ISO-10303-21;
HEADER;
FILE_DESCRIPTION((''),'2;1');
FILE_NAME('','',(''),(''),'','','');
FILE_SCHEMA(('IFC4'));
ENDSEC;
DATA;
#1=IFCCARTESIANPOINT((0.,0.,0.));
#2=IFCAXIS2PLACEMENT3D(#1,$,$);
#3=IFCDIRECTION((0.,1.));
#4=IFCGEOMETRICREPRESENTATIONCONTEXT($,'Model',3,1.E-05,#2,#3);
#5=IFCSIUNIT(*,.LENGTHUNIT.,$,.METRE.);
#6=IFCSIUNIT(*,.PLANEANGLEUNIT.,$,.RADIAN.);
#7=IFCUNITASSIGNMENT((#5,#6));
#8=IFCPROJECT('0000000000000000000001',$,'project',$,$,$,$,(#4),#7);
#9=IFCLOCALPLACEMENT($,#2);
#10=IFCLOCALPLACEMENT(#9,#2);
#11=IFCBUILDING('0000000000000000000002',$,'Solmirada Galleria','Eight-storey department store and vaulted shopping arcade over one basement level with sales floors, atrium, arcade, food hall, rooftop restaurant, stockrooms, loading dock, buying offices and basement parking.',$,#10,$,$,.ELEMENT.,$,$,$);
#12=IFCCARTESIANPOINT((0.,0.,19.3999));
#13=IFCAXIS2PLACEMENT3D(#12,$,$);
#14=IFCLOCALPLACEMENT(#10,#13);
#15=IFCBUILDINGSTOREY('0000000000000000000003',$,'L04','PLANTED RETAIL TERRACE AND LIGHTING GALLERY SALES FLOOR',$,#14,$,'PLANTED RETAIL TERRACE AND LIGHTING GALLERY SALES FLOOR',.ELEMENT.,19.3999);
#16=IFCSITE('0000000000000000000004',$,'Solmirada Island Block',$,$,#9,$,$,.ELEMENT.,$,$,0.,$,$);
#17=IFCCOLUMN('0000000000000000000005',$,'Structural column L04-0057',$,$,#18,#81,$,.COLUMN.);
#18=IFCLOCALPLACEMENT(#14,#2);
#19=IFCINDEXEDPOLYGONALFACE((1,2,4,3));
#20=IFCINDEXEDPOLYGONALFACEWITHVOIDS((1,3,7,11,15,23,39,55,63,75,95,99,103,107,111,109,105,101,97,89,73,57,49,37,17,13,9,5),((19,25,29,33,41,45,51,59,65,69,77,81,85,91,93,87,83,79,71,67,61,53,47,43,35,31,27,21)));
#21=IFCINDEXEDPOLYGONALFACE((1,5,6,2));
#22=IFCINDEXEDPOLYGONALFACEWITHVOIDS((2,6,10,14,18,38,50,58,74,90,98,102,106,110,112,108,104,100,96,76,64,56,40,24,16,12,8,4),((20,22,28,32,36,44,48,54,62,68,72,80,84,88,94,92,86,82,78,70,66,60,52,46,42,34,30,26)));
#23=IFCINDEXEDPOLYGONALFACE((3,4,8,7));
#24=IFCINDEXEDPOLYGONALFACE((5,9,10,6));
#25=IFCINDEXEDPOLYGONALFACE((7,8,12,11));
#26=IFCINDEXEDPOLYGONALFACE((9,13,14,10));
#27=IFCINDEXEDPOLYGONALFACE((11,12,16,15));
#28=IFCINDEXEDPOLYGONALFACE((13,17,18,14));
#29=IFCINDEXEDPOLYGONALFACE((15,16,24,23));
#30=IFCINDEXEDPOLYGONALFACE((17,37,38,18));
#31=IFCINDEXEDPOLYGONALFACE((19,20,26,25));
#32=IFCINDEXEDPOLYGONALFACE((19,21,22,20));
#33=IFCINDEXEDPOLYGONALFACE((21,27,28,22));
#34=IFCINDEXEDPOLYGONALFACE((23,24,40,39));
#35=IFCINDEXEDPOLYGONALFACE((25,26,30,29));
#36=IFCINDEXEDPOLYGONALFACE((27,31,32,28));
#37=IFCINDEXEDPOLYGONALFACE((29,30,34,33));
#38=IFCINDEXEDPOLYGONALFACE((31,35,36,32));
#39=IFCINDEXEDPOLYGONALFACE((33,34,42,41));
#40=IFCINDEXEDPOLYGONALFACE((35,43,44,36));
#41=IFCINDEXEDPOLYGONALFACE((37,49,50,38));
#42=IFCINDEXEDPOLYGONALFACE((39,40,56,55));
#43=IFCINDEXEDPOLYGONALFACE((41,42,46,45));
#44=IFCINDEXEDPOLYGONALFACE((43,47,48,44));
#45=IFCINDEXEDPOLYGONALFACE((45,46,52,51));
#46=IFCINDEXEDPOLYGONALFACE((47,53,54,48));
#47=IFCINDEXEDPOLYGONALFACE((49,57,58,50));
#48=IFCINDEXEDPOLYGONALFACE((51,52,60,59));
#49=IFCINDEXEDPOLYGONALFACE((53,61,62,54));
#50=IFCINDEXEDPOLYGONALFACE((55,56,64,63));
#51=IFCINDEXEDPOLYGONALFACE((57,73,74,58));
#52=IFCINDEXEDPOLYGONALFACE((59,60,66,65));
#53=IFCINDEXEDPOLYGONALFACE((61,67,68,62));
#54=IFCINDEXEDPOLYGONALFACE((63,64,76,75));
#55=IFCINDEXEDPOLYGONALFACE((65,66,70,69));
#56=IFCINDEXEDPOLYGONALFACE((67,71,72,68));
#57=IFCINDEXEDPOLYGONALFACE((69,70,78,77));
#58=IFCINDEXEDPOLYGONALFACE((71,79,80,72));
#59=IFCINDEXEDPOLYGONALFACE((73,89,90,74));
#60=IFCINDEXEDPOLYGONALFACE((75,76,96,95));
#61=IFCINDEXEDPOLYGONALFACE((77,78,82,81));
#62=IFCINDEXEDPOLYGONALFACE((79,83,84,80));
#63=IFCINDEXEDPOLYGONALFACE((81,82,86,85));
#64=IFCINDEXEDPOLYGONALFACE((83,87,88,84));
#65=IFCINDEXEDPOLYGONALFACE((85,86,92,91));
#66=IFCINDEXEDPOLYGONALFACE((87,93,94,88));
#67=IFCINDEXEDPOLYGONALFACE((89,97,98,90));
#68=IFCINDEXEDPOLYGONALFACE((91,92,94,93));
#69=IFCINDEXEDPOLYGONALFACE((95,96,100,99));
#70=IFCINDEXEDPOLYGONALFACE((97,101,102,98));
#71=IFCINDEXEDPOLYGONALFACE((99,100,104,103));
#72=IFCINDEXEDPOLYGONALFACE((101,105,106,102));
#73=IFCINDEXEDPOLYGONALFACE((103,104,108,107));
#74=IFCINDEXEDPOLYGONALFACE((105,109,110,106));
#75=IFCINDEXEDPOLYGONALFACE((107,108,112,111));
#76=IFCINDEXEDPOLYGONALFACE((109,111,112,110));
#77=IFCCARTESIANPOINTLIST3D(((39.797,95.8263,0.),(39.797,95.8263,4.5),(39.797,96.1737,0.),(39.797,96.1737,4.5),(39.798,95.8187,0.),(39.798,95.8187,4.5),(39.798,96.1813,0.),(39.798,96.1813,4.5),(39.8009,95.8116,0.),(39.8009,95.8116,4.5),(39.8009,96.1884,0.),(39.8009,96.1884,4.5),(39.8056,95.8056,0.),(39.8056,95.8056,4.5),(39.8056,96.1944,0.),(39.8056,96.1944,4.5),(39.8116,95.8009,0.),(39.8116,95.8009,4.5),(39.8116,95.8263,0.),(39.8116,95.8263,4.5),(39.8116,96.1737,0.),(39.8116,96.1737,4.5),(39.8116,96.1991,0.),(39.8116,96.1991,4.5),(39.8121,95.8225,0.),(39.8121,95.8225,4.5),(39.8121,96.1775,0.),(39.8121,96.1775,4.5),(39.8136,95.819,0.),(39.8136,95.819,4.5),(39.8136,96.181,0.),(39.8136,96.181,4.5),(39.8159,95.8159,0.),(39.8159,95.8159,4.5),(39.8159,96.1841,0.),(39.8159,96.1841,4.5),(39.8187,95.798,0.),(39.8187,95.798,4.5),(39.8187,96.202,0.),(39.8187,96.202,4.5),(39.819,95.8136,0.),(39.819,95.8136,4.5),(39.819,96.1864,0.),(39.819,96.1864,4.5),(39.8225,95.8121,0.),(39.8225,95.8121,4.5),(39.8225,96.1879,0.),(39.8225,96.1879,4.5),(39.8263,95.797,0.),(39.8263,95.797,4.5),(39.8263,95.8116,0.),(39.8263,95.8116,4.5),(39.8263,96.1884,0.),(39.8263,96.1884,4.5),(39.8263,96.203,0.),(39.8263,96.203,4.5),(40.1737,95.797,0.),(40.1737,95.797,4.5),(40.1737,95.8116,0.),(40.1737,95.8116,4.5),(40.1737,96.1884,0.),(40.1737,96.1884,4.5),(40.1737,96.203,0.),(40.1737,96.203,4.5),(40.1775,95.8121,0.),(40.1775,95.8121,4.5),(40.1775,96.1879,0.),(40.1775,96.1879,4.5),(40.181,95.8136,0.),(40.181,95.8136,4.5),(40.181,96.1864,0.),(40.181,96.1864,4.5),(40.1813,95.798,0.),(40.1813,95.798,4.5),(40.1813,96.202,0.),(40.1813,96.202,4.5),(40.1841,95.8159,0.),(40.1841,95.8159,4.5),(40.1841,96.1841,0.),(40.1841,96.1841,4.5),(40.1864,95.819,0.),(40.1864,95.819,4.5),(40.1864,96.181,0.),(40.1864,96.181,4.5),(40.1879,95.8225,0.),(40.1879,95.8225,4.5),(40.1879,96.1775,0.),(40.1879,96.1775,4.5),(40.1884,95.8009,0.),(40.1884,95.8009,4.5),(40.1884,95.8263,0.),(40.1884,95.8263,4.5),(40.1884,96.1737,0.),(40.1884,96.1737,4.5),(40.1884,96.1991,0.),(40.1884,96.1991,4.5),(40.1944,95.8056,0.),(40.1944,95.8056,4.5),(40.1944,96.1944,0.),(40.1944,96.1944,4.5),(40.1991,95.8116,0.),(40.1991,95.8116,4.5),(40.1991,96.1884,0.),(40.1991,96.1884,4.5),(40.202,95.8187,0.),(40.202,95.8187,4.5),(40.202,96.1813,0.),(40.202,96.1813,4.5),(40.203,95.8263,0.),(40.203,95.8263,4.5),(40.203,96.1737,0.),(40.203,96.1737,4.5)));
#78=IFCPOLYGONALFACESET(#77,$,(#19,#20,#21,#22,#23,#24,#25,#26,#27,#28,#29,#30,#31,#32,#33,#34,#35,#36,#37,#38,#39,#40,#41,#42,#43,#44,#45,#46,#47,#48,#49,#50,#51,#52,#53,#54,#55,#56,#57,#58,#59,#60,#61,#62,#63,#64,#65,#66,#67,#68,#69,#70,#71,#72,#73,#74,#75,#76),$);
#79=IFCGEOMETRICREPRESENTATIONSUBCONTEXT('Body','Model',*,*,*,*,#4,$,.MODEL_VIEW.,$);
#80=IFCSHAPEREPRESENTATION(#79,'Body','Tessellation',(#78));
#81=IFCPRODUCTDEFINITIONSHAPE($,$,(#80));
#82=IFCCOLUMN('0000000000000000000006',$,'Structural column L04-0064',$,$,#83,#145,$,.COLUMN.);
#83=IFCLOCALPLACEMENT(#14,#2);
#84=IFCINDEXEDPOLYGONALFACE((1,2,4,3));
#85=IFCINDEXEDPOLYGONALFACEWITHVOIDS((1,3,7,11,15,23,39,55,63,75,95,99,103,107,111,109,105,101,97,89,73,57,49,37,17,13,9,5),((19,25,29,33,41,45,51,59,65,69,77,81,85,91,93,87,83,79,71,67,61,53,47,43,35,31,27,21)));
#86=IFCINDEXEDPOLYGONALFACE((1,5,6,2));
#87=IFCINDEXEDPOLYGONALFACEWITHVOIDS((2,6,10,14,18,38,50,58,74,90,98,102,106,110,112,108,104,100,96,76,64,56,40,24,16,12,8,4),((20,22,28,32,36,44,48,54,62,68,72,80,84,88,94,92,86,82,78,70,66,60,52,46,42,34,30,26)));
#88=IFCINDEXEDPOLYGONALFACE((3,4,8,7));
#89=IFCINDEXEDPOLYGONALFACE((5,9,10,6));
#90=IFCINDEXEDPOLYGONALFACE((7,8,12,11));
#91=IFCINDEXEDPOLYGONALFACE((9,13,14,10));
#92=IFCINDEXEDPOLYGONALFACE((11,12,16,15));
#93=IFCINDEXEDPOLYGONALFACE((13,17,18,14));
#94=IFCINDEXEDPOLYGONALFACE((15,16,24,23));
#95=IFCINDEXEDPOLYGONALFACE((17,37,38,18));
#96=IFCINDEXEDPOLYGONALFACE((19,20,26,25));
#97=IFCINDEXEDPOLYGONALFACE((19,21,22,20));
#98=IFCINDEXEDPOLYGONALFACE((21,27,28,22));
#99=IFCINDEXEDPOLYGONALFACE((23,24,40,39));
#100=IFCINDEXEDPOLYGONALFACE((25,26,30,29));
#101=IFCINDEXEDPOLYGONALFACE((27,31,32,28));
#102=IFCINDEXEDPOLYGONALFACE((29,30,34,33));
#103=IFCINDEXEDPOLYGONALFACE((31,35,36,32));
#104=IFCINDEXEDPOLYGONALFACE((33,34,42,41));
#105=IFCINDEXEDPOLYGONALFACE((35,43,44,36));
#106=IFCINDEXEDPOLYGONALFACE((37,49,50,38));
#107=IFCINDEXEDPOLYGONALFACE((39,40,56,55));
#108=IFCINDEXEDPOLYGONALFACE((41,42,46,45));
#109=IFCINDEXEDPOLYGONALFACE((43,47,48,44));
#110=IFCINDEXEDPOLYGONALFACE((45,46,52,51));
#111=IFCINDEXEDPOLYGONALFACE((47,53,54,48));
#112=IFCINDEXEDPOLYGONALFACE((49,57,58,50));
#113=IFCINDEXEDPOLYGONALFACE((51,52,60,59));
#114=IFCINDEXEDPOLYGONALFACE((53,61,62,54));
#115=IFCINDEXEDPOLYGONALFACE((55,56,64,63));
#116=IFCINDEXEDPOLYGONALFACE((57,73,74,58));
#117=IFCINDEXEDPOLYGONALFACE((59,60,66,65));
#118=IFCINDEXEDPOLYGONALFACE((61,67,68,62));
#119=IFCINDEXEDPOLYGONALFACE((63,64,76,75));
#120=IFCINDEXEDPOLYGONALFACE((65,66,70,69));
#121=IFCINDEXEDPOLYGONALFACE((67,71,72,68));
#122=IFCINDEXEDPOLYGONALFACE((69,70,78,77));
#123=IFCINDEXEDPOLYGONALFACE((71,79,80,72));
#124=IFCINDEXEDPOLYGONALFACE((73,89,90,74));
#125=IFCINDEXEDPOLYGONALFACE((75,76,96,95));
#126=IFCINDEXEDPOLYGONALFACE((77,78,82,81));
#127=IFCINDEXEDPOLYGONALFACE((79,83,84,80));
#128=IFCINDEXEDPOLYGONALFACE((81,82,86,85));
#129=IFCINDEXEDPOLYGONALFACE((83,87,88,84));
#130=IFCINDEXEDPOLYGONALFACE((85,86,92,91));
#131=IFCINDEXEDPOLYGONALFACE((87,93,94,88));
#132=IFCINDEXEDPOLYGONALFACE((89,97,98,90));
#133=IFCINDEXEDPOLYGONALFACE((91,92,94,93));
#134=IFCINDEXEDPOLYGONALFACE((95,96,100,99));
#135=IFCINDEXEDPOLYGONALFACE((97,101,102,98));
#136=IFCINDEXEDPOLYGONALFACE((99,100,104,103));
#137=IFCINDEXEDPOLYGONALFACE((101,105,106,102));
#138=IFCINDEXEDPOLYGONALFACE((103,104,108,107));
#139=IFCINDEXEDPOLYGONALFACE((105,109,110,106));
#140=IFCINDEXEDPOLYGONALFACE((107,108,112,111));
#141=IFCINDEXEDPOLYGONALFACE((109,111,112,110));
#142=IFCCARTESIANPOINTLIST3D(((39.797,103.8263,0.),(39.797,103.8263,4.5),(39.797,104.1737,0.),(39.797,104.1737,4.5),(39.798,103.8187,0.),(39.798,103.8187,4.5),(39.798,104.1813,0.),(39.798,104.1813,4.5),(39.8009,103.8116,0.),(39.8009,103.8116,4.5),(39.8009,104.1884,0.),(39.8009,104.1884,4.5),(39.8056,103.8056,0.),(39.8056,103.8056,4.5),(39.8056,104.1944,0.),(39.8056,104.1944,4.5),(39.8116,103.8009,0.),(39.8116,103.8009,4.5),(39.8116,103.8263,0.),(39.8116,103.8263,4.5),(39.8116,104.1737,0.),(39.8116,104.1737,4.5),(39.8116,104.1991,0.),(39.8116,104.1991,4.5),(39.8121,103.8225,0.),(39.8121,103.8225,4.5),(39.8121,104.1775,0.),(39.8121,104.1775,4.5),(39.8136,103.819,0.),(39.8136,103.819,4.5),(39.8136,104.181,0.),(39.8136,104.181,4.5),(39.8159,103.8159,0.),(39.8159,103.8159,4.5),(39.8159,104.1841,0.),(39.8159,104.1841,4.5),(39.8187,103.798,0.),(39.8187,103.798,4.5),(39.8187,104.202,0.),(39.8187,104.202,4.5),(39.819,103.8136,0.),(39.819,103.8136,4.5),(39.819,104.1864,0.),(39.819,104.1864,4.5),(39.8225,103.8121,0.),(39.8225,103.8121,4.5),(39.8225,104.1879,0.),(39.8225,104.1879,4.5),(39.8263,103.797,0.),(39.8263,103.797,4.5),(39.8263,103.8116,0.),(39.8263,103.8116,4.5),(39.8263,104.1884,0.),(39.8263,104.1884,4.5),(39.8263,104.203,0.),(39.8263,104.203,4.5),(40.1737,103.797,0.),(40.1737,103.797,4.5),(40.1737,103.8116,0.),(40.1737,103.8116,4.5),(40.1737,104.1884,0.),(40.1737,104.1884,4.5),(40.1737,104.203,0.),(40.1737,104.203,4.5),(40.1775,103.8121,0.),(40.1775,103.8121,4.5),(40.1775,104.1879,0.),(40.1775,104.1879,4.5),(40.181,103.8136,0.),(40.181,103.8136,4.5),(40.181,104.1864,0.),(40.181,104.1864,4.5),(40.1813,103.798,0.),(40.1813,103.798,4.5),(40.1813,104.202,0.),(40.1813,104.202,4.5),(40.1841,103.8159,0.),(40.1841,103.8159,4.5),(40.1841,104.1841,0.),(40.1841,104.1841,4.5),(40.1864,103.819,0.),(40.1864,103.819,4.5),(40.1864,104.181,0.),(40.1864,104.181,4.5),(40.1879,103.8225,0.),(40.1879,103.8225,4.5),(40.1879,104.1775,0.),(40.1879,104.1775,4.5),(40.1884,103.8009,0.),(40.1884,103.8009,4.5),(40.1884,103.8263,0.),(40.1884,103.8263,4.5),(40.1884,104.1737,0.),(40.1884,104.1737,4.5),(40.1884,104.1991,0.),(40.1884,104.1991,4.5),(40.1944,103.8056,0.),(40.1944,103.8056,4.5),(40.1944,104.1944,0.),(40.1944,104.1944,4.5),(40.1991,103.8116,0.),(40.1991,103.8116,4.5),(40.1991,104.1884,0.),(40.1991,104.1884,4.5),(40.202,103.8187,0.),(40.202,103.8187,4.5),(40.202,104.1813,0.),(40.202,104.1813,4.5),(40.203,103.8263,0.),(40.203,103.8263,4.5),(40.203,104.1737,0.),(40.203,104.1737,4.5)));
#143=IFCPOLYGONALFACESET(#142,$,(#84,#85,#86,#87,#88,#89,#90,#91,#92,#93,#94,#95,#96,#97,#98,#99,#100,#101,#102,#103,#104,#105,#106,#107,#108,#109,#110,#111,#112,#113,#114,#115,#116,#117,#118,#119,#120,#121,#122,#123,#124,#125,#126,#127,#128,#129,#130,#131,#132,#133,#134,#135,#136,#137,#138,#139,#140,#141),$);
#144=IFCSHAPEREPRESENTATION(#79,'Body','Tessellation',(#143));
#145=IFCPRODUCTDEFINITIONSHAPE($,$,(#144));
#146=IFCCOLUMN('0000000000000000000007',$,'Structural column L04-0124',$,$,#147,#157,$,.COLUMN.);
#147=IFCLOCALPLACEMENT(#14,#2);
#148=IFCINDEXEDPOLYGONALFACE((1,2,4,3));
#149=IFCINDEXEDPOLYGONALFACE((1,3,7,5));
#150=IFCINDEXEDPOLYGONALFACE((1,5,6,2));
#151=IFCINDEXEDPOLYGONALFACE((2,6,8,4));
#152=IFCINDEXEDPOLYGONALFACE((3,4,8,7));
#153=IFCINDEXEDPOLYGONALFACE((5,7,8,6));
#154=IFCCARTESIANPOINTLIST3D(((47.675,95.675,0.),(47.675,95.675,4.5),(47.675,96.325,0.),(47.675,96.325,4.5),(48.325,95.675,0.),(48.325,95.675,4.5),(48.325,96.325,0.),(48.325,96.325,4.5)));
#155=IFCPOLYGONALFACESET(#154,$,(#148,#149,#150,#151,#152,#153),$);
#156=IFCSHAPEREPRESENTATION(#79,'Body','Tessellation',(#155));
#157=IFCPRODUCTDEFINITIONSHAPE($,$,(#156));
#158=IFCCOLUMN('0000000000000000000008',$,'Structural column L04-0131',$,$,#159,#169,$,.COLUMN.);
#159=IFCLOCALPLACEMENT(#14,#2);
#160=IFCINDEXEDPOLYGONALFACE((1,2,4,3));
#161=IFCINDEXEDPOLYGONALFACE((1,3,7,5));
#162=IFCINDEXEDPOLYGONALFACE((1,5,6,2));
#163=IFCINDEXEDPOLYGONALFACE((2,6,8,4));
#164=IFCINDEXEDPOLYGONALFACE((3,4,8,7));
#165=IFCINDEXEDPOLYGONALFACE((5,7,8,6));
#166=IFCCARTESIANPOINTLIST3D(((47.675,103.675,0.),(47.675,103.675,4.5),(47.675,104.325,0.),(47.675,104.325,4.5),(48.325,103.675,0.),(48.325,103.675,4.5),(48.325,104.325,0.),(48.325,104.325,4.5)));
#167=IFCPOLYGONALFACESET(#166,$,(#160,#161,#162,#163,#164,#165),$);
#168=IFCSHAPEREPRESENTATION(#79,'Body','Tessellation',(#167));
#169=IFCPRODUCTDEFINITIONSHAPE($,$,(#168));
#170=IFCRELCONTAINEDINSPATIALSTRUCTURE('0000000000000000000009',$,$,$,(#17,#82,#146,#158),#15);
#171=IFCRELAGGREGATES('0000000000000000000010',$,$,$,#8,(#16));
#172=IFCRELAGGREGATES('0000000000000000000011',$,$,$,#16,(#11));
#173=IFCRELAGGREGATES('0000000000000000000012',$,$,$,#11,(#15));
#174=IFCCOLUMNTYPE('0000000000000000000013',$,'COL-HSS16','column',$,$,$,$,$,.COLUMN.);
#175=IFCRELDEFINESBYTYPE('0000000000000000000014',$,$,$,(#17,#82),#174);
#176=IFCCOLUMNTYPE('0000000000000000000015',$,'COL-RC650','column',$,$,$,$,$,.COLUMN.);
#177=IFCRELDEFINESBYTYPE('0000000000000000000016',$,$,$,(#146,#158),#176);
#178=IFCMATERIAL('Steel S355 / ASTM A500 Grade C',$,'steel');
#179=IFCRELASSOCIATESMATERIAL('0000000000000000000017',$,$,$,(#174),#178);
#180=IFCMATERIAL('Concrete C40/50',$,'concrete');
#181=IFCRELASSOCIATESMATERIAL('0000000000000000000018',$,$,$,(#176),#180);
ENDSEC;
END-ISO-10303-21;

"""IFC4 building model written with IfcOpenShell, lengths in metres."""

from ifc_helpers import new_model, si_unit, direction, frame, origin, origin_2d, place, context, subcontext, project, spatial, rectangle, hollow_rectangle, extrude, material, material_profile, profile_set, type_object, element, save


model = new_model("IFC4")

# Units and contexts
model_context = context("Model", 3, precision=1e-05, world=origin(), true_north=direction((0.0, 1.0)))
body_context = subcontext(model_context, "Body", "Model", "MODEL_VIEW")
ifc_project = project(units=[si_unit("LENGTHUNIT", "METRE"), si_unit("PLANEANGLEUNIT", "RADIAN")], contexts=[model_context])

# Site, building, storey
site_placement = place(None, origin())
site = spatial("IfcSite", under=ifc_project, at=site_placement, Name="Solmirada Island Block", CompositionType="ELEMENT", RefElevation=0.0)
building_placement = place(site_placement, origin())
building = spatial("IfcBuilding", under=site, at=building_placement, Name="Solmirada Galleria", Description="Eight-storey department store and vaulted shopping arcade over one basement level with sales floors, atrium, arcade, food hall, rooftop restaurant, stockrooms, loading dock, buying offices and basement parking.", CompositionType="ELEMENT")
storey_placement = place(building_placement, frame((0.0, 0.0, 19.3999)))
storey = spatial("IfcBuildingStorey", under=building, at=storey_placement, Name="L04", Description="PLANTED RETAIL TERRACE AND LIGHTING GALLERY SALES FLOOR", LongName="PLANTED RETAIL TERRACE AND LIGHTING GALLERY SALES FLOOR", CompositionType="ELEMENT", Elevation=19.3999)

# Columns
ifc_material_1 = material(Name="Steel S355 / ASTM A500 Grade C", Category="steel")
ifc_material_profile_1 = material_profile(ifc_material_1, hollow_rectangle(XDim=0.406, YDim=0.406, WallThickness=0.0146, InnerFilletRadius=0.0146, OuterFilletRadius=0.0293, at=origin_2d()), Name="HSS16X16X5/8")
ifc_profile_set_1 = profile_set([ifc_material_profile_1], Name="Steel S355 / ASTM A500 Grade C")
column_type_1 = type_object("IfcColumnType", Name="COL-HSS16", Description="column", PredefinedType="COLUMN", material=ifc_profile_set_1)
for number, where, z_axis, x_axis, name in (
    (1, (40.0, 96.0, 0.0), (0.0, 0.0, 1.0), (1.0, 0.0, 0.0), "Structural column L04-0057"),
    (2, (40.0, 104.0, 0.0), (0.0, 0.0, 1.0), (1.0, 0.0, 0.0), "Structural column L04-0064"),
):
    element("IfcColumn", number, at=place(storey_placement, frame(where, z_axis=z_axis, x_axis=x_axis)), inside=storey, type_object=column_type_1, Name=name, PredefinedType="COLUMN", context=body_context, shape_type="SweptSolid", body=[
        extrude(hollow_rectangle(XDim=0.406, YDim=0.406, WallThickness=0.0146, InnerFilletRadius=0.0146, OuterFilletRadius=0.0293, at=origin_2d()), origin(), (0.0, 0.0, 1.0), 4.5),
    ])
ifc_material_2 = material(Name="Concrete C40/50", Category="concrete")
ifc_material_profile_2 = material_profile(ifc_material_2, rectangle(XDim=0.6499, YDim=0.6499, at=origin_2d()), Name="RC650X650")
ifc_profile_set_2 = profile_set([ifc_material_profile_2], Name="Concrete C40/50")
column_type_2 = type_object("IfcColumnType", Name="COL-RC650", Description="column", PredefinedType="COLUMN", material=ifc_profile_set_2)
for number, where, z_axis, x_axis, name in (
    (3, (48.0, 96.0, 0.0), (0.0, 0.0, 1.0), (1.0, 0.0, 0.0), "Structural column L04-0124"),
    (4, (48.0, 104.0, 0.0), (0.0, 0.0, 1.0), (1.0, 0.0, 0.0), "Structural column L04-0131"),
):
    element("IfcColumn", number, at=place(storey_placement, frame(where, z_axis=z_axis, x_axis=x_axis)), inside=storey, type_object=column_type_2, Name=name, PredefinedType="COLUMN", context=body_context, shape_type="SweptSolid", body=[
        extrude(rectangle(XDim=0.6499, YDim=0.6499, at=origin_2d()), origin(), (0.0, 0.0, 1.0), 4.5),
    ])

save(model, "model.ifc")
